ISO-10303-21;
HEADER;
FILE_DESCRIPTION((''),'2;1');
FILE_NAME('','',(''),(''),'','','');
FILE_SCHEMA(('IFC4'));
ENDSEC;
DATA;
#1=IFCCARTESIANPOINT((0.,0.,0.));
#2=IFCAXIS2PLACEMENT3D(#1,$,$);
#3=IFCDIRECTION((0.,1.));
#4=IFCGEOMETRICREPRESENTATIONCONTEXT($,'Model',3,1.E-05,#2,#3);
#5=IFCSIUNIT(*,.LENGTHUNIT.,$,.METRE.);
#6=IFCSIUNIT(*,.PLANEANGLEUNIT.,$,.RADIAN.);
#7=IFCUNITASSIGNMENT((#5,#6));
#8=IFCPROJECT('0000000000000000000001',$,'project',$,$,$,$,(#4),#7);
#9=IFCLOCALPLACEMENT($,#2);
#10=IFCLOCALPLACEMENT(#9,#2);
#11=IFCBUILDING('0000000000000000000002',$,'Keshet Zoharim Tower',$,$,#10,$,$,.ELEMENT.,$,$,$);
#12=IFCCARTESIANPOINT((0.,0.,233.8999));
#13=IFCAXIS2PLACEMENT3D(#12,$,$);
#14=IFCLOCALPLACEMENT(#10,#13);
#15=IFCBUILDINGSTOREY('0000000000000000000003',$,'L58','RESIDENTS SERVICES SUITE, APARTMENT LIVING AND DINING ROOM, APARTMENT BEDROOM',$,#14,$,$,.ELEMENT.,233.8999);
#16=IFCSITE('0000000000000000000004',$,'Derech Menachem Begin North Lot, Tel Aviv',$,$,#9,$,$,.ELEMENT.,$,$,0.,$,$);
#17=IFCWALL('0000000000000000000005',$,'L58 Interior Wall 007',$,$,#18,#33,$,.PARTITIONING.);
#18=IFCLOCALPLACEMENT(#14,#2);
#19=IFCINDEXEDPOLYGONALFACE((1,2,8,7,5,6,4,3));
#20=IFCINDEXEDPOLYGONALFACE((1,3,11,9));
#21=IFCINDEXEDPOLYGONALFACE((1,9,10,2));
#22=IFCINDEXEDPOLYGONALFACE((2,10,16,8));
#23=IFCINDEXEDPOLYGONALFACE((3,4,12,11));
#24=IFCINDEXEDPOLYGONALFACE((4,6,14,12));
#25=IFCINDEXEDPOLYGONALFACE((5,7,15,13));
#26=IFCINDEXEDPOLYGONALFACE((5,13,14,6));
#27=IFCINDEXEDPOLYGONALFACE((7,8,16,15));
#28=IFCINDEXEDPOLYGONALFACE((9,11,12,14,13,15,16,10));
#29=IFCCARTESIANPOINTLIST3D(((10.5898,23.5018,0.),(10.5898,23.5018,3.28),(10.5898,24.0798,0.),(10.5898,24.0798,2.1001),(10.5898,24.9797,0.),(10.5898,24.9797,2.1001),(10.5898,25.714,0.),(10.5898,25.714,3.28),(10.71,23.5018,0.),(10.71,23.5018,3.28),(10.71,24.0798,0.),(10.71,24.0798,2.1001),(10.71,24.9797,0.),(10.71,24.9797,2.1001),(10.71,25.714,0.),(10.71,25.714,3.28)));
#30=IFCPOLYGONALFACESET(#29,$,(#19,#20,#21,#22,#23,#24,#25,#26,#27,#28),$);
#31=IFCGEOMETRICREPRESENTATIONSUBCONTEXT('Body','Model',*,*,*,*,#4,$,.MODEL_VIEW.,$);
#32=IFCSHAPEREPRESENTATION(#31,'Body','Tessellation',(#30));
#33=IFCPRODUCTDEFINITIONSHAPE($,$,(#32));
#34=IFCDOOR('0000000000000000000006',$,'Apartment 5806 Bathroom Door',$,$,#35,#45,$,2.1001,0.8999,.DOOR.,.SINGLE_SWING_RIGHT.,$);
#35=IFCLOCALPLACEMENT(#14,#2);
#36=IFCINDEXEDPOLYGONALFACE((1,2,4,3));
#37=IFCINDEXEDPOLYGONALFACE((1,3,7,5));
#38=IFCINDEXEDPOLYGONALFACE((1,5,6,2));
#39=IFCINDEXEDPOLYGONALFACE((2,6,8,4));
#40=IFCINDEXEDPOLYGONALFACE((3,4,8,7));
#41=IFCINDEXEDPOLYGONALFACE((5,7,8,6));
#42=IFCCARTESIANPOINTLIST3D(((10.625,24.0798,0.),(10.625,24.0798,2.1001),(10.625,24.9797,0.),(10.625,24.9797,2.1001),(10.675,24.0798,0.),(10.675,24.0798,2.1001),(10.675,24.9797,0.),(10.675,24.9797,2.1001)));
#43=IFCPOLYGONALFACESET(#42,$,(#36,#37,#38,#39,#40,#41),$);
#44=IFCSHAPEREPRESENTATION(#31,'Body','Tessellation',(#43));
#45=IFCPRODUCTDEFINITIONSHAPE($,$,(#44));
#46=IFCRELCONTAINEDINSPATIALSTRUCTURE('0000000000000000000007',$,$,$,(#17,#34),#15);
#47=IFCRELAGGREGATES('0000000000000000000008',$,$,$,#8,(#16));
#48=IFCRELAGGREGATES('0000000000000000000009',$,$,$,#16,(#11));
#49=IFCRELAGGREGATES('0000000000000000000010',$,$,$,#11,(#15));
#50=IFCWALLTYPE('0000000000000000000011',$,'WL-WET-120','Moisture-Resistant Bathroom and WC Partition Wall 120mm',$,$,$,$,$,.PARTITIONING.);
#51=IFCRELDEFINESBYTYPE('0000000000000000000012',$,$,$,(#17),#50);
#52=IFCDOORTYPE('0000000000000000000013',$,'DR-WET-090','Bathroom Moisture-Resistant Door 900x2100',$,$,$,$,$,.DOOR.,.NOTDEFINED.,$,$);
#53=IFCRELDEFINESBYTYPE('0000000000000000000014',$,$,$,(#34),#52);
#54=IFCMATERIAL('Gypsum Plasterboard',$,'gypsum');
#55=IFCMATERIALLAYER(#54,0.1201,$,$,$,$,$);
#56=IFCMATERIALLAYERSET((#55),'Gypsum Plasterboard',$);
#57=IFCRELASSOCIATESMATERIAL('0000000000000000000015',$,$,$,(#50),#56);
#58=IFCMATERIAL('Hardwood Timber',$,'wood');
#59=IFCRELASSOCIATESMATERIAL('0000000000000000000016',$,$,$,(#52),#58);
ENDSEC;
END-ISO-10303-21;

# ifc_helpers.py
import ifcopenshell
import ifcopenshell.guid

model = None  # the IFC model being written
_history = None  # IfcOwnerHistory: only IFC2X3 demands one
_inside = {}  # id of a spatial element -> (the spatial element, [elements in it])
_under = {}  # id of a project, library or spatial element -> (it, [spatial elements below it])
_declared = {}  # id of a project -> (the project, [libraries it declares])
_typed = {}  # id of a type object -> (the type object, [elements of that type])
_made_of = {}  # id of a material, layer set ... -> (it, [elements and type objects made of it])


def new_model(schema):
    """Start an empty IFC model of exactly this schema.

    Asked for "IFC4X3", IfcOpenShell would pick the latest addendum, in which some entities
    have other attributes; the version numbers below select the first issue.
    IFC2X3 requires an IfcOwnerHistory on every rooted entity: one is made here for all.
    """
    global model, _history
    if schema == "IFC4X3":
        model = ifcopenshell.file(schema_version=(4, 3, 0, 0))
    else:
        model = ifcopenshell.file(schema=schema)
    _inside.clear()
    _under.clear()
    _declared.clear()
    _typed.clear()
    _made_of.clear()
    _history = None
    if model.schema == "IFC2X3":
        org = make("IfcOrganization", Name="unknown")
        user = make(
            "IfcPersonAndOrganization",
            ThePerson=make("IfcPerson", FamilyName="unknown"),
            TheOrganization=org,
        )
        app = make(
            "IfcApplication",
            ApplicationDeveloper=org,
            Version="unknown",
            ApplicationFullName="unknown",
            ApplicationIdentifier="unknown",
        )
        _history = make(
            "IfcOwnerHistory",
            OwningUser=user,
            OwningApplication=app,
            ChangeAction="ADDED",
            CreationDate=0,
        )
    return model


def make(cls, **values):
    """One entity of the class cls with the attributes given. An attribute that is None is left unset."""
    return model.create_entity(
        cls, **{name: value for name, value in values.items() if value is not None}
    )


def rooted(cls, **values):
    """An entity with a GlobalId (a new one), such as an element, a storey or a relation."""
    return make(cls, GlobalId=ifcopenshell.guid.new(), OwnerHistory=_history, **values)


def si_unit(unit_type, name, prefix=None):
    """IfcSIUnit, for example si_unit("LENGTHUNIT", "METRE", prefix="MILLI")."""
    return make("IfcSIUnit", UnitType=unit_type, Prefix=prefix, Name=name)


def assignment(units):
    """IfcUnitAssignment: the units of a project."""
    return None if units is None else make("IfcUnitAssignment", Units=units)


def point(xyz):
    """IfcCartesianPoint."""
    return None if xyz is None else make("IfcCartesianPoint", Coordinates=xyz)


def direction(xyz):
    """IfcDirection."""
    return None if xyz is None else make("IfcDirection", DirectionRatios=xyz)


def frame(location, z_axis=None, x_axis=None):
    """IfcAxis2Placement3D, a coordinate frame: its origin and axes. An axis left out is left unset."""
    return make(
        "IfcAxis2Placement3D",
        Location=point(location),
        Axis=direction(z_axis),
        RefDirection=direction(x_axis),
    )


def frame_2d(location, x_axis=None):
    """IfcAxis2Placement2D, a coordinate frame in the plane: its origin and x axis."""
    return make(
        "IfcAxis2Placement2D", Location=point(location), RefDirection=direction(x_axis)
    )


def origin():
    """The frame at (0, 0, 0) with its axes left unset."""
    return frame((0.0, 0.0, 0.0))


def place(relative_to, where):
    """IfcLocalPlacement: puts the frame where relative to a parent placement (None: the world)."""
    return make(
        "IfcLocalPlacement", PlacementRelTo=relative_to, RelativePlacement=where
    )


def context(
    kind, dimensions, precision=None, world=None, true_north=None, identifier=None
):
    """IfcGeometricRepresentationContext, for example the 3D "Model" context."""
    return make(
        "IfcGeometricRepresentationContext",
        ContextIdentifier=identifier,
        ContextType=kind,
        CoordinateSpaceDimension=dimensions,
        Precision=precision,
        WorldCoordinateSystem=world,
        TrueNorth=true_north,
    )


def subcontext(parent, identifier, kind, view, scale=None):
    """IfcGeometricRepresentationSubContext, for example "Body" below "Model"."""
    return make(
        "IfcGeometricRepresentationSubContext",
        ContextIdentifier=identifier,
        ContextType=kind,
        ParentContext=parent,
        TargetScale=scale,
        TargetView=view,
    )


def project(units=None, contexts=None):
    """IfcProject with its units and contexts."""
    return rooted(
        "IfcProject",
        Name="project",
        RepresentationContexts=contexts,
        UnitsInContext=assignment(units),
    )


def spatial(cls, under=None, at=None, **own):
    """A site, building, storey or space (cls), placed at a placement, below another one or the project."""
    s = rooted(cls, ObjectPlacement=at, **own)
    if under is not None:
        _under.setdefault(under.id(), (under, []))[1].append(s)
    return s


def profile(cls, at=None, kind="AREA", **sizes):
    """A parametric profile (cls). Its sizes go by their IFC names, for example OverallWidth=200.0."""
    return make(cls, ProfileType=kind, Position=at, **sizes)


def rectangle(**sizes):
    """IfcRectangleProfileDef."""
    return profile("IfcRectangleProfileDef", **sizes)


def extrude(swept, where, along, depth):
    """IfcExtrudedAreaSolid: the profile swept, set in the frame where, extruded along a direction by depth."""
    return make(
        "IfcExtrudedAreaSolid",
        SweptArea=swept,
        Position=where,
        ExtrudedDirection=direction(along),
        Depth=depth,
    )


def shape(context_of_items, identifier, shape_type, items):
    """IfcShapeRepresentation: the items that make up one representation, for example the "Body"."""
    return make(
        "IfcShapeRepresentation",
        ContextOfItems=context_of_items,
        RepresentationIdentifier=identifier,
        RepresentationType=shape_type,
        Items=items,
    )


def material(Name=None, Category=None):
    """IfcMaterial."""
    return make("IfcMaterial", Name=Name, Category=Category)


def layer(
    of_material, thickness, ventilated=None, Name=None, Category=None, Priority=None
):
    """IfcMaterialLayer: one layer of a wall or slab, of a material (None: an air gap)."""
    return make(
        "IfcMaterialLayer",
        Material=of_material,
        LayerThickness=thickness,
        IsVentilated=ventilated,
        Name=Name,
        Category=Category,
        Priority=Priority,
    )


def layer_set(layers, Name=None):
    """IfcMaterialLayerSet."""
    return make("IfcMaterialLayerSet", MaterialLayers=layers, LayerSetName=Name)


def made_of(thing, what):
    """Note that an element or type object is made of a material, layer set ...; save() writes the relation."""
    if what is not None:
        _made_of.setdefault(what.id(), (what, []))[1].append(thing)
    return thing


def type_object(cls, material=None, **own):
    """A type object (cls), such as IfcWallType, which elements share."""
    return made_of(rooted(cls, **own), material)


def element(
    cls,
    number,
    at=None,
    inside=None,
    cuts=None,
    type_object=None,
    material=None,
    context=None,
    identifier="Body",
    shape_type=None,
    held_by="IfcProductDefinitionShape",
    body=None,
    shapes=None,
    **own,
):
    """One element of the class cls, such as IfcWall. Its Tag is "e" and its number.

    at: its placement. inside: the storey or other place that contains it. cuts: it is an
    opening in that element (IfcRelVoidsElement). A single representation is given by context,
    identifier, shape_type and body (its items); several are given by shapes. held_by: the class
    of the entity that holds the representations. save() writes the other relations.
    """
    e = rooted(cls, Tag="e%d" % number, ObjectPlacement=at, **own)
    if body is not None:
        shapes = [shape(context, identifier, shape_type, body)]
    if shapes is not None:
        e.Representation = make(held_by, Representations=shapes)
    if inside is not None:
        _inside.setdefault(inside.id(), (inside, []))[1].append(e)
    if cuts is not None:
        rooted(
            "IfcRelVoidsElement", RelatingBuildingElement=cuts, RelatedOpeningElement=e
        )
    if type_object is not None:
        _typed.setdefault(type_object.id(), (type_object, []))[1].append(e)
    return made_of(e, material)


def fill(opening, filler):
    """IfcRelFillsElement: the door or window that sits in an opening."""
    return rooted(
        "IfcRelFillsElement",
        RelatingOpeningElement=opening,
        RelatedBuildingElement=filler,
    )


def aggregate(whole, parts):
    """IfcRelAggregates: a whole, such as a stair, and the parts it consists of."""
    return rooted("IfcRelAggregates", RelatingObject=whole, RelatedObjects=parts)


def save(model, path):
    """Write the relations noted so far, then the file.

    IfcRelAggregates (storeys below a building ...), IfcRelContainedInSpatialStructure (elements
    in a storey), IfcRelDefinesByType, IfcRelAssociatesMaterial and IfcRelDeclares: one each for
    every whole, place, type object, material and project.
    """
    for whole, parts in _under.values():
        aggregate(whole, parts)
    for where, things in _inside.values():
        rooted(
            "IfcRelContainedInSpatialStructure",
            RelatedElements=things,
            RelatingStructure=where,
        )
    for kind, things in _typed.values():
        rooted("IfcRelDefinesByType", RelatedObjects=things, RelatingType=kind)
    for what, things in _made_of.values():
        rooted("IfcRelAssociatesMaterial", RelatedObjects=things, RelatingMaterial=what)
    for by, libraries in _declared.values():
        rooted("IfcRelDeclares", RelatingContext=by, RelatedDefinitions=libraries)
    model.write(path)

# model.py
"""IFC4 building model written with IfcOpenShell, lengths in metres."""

from ifc_helpers import new_model, si_unit, direction, frame, frame_2d, origin, place, context, subcontext, project, spatial, rectangle, extrude, material, layer, layer_set, type_object, element, fill, save


model = new_model("IFC4")

# Units and contexts
model_context = context("Model", 3, precision=1e-05, world=origin(), true_north=direction((0.0, 1.0)))
body_context = subcontext(model_context, "Body", "Model", "MODEL_VIEW")
ifc_project = project(units=[si_unit("LENGTHUNIT", "METRE"), si_unit("PLANEANGLEUNIT", "RADIAN")], contexts=[model_context])

# Site, building, storey
site_placement = place(None, origin())
site = spatial("IfcSite", under=ifc_project, at=site_placement, Name="Derech Menachem Begin North Lot, Tel Aviv", CompositionType="ELEMENT", RefElevation=0.0)
building_placement = place(site_placement, origin())
building = spatial("IfcBuilding", under=site, at=building_placement, Name="Keshet Zoharim Tower", CompositionType="ELEMENT")
storey_placement = place(building_placement, frame((0.0, 0.0, 233.8999)))
storey = spatial("IfcBuildingStorey", under=building, at=storey_placement, Name="L58", Description="RESIDENTS SERVICES SUITE, APARTMENT LIVING AND DINING ROOM, APARTMENT BEDROOM", CompositionType="ELEMENT", Elevation=233.8999)

# Shared definitions
ifc_material_1 = material(Name="Gypsum Plasterboard", Category="gypsum")

# Shared definitions
ifc_material_2 = material(Name="Hardwood Timber", Category="wood")

# Wall, opening, door
ifc_layer_1 = layer(ifc_material_1, 0.1201)
ifc_layer_set_1 = layer_set([ifc_layer_1], Name="Gypsum Plasterboard")
wall_type_1 = type_object("IfcWallType", Name="WL-WET-120", Description="Moisture-Resistant Bathroom and WC Partition Wall 120mm", PredefinedType="PARTITIONING", material=ifc_layer_set_1)
wall_1_placement = place(storey_placement, frame((10.6499, 23.502, 0.0), z_axis=(0.0, 0.0, 1.0), x_axis=(0.0, 1.0, 0.0)))
wall_1 = element("IfcWall", 1, at=wall_1_placement, inside=storey, type_object=wall_type_1, Name="L58 Interior Wall 007", PredefinedType="PARTITIONING", context=body_context, shape_type="SweptSolid", body=[
    extrude(rectangle(XDim=2.2122, YDim=0.1201, at=frame_2d((1.106, 0.0))), origin(), (0.0, 0.0, 1.0), 3.28),
])
opening_1_placement = place(wall_1_placement, frame((0.5779, 0.0, 0.0)))
opening_1 = element("IfcOpeningElement", 2, at=opening_1_placement, cuts=wall_1, PredefinedType="OPENING", context=body_context, shape_type="SweptSolid", body=[
    extrude(rectangle(XDim=0.8999, YDim=2.1001, at=frame_2d((0.45, 1.05))), frame((0.0, 0.0701, 0.0), z_axis=(0.0, -1.0, 0.0), x_axis=(1.0, 0.0, 0.0)), (0.0, 0.0, 1.0), 0.1401),
])
door_type_1 = type_object("IfcDoorType", Name="DR-WET-090", Description="Bathroom Moisture-Resistant Door 900x2100", OperationType="NOTDEFINED", PredefinedType="DOOR", material=ifc_material_2)
door_1_placement = place(opening_1_placement, origin())
door_1 = element("IfcDoor", 3, at=door_1_placement, inside=storey, type_object=door_type_1, Name="Apartment 5806 Bathroom Door", OperationType="SINGLE_SWING_RIGHT", OverallHeight=2.1001, OverallWidth=0.8999, PredefinedType="DOOR", context=body_context, shape_type="SweptSolid", body=[
    extrude(rectangle(XDim=0.8999, YDim=2.1001, at=frame_2d((0.45, 1.05))), frame((0.0, 0.0249, 0.0), z_axis=(0.0, -1.0, 0.0), x_axis=(1.0, 0.0, 0.0)), (0.0, 0.0, 1.0), 0.05),
])
fill(opening_1, door_1)

save(model, "model.ifc")
